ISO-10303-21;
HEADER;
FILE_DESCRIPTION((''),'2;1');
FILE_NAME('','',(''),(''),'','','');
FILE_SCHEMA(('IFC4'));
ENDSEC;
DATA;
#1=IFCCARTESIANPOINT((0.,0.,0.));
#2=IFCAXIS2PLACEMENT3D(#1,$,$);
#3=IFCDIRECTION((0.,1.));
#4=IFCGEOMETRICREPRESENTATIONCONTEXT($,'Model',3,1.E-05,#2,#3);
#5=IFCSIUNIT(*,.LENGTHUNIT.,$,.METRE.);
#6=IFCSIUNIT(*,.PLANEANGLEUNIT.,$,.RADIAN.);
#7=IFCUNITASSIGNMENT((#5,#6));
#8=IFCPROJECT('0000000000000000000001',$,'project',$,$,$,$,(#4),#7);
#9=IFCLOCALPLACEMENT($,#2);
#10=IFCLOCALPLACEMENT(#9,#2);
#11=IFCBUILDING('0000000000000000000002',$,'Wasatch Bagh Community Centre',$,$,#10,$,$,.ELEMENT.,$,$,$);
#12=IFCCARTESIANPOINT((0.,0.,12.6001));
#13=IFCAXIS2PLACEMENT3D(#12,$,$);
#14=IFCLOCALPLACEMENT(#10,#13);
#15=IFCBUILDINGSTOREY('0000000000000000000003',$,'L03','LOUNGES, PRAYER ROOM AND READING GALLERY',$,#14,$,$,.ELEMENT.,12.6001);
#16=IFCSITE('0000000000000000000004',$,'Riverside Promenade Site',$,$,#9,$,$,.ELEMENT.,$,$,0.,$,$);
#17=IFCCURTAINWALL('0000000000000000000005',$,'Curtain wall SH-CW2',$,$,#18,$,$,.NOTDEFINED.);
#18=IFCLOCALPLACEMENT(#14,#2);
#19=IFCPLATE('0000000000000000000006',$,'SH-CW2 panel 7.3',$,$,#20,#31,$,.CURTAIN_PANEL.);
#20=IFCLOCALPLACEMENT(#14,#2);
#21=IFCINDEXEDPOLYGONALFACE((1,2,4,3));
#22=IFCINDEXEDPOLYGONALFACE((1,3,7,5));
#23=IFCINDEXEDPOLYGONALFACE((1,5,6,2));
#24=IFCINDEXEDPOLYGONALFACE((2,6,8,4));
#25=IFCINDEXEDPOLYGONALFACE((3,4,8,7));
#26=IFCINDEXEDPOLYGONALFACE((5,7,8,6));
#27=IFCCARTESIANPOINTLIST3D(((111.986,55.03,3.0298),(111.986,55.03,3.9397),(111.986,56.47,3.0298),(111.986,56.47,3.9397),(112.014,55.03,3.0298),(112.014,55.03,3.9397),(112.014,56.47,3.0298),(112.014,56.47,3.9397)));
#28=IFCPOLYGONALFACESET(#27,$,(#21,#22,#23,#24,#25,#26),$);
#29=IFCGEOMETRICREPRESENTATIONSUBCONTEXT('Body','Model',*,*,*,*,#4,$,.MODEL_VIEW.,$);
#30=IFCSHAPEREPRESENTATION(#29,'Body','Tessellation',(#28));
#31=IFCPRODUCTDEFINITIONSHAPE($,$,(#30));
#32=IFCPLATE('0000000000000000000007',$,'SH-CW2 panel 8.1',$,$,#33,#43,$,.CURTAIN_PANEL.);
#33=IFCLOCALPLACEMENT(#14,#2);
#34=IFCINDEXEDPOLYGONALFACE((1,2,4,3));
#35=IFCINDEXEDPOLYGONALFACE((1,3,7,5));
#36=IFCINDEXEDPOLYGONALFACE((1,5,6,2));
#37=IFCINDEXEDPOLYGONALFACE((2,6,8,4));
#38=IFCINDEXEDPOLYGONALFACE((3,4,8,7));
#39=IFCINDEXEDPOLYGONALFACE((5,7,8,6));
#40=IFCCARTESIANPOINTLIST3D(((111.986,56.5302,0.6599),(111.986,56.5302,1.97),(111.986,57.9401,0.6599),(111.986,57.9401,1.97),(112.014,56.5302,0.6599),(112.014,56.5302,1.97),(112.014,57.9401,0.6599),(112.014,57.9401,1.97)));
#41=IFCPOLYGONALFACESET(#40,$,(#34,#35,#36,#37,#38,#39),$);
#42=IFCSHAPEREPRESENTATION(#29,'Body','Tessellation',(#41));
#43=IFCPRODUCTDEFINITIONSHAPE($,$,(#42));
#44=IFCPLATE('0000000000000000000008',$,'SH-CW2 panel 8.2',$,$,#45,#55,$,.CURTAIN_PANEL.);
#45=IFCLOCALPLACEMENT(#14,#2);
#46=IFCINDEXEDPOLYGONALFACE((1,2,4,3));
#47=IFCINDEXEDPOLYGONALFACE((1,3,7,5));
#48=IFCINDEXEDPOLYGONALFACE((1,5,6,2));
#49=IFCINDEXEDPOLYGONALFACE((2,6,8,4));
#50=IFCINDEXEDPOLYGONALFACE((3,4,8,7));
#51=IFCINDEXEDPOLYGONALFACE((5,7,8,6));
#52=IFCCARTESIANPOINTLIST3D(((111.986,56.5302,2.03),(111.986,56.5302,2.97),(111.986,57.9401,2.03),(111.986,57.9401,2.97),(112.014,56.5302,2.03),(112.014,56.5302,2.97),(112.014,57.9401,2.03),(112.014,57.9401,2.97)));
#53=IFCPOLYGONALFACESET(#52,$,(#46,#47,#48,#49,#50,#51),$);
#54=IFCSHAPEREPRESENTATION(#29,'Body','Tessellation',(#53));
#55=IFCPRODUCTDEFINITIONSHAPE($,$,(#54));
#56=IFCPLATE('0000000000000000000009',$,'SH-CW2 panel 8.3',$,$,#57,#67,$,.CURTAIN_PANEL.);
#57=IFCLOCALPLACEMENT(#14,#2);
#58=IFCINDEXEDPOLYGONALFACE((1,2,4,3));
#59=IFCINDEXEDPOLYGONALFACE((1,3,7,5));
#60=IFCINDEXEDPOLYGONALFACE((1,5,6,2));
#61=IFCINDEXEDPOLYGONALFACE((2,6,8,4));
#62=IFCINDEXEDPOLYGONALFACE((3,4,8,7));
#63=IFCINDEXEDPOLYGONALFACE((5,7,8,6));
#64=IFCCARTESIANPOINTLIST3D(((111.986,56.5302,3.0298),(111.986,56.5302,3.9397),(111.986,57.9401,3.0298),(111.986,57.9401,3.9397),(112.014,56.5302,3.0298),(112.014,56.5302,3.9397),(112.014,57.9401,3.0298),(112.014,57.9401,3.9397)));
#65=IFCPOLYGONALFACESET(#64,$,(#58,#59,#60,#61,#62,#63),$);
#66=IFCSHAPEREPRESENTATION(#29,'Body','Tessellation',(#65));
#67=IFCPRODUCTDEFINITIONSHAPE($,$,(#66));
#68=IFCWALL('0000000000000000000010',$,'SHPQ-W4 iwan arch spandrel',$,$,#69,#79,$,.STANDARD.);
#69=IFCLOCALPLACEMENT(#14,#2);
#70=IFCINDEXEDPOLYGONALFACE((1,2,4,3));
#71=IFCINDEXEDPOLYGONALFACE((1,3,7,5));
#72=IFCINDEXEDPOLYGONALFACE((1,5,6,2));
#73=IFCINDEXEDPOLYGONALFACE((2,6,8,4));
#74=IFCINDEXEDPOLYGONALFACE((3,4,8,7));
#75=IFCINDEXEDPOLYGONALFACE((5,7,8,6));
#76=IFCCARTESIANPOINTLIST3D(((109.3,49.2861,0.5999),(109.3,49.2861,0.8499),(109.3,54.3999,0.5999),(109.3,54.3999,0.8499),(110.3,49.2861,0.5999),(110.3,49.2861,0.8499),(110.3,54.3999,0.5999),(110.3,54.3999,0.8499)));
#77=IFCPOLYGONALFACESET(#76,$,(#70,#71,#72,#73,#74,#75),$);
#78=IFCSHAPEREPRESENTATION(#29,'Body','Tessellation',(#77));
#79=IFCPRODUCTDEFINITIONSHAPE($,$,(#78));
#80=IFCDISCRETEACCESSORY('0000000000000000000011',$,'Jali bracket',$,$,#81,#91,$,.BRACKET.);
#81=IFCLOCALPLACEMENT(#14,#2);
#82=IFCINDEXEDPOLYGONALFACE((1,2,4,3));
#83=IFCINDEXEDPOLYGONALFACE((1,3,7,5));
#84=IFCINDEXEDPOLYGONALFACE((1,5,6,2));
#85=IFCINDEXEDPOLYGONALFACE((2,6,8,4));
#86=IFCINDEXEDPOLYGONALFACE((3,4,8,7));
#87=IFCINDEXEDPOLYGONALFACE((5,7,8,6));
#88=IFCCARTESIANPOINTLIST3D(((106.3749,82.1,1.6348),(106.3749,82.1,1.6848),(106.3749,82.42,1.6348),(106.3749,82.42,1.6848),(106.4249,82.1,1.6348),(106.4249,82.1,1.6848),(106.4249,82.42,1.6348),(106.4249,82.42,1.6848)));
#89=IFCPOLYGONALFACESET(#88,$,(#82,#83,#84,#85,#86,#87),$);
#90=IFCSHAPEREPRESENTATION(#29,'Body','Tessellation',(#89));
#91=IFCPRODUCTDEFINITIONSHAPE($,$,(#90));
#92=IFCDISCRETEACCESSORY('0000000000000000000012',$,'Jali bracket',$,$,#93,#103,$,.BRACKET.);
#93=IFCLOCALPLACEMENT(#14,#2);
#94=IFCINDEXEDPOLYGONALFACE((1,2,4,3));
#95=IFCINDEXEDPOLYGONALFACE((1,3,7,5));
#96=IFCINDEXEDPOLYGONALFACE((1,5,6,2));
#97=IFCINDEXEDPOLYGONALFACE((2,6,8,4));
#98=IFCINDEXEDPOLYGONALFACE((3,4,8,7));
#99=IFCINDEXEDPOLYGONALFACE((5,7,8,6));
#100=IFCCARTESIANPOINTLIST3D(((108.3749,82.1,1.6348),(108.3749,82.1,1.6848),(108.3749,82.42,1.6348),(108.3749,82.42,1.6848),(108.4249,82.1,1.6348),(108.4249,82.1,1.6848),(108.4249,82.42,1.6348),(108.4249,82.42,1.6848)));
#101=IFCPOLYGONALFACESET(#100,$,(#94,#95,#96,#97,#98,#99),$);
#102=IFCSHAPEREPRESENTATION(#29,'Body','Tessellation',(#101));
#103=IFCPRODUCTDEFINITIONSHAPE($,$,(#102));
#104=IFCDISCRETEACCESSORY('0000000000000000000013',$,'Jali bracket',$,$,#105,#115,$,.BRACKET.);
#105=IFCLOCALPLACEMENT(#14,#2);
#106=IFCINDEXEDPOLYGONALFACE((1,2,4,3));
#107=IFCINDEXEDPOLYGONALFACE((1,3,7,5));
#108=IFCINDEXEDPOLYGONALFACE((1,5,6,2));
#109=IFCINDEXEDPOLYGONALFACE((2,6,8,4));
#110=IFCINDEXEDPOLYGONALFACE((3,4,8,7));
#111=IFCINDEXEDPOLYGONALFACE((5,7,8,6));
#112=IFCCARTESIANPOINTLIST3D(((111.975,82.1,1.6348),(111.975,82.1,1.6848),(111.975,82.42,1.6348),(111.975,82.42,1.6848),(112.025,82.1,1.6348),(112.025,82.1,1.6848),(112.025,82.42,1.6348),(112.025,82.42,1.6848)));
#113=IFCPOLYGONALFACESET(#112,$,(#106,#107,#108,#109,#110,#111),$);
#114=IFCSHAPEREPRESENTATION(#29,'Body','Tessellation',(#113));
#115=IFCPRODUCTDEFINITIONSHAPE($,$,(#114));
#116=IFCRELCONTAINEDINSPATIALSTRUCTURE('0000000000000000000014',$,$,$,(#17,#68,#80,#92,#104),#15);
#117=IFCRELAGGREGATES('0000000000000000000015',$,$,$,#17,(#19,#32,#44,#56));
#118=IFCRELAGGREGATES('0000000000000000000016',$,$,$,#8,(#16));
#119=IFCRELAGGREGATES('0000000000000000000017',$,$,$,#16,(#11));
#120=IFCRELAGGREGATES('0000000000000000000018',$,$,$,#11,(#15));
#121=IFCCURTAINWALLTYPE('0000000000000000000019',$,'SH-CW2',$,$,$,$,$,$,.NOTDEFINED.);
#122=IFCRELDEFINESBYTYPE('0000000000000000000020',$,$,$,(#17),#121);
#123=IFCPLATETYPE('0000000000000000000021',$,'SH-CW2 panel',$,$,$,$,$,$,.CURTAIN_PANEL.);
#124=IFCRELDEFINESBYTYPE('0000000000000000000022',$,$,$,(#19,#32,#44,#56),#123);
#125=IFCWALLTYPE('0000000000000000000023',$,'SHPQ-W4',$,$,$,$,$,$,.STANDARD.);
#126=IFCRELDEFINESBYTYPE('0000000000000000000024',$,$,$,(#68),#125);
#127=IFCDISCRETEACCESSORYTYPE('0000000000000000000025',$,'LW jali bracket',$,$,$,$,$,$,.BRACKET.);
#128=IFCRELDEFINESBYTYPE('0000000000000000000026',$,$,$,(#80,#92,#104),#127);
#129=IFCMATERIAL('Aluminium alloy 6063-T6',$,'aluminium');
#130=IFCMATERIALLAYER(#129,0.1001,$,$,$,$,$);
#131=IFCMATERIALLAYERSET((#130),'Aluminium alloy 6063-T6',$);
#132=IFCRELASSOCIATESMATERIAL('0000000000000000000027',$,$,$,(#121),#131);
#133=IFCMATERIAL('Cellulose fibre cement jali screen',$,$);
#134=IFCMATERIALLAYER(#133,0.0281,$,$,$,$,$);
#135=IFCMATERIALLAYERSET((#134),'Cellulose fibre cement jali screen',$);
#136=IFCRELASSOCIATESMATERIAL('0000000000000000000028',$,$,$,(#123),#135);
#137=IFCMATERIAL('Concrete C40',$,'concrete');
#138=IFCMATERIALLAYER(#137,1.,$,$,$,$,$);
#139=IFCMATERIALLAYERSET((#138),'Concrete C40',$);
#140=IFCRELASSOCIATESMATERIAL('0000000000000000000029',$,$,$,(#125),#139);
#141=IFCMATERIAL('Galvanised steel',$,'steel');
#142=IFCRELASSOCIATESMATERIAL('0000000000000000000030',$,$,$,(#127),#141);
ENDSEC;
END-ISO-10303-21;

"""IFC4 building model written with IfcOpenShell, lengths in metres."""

from ifc_helpers import new_model, si_unit, direction, frame, frame_2d, origin, origin_2d, place, context, subcontext, project, spatial, rectangle, extrude, material, layer, layer_set, type_object, element, aggregate, save


model = new_model("IFC4")

# Units and contexts
model_context = context("Model", 3, precision=1e-05, world=origin(), true_north=direction((0.0, 1.0)))
body_context = subcontext(model_context, "Body", "Model", "MODEL_VIEW")
ifc_project = project(units=[si_unit("LENGTHUNIT", "METRE"), si_unit("PLANEANGLEUNIT", "RADIAN")], contexts=[model_context])

# Site, building, storey
site_placement = place(None, origin())
site = spatial("IfcSite", under=ifc_project, at=site_placement, Name="Riverside Promenade Site", CompositionType="ELEMENT", RefElevation=0.0)
building_placement = place(site_placement, origin())
building = spatial("IfcBuilding", under=site, at=building_placement, Name="Wasatch Bagh Community Centre", CompositionType="ELEMENT")
storey_placement = place(building_placement, frame((0.0, 0.0, 12.6001)))
storey = spatial("IfcBuildingStorey", under=building, at=storey_placement, Name="L03", Description="LOUNGES, PRAYER ROOM AND READING GALLERY", CompositionType="ELEMENT", Elevation=12.6001)

# Curtain wall
ifc_material_1 = material(Name="Aluminium alloy 6063-T6", Category="aluminium")
ifc_layer_1 = layer(ifc_material_1, 0.1001)
ifc_layer_set_1 = layer_set([ifc_layer_1], Name="Aluminium alloy 6063-T6")
curtain_wall_type = type_object("IfcCurtainWallType", Name="SH-CW2", PredefinedType="NOTDEFINED", material=ifc_layer_set_1)
curtain_wall_placement = place(storey_placement, origin())
curtain_wall = element("IfcCurtainWall", 1, at=curtain_wall_placement, inside=storey, type_object=curtain_wall_type, Name="Curtain wall SH-CW2", PredefinedType="NOTDEFINED")

# Plates
ifc_material_2 = material(Name="Cellulose fibre cement jali screen")
ifc_layer_2 = layer(ifc_material_2, 0.0281)
ifc_layer_set_2 = layer_set([ifc_layer_2], Name="Cellulose fibre cement jali screen")
plate_type_1 = type_object("IfcPlateType", Name="SH-CW2 panel", PredefinedType="CURTAIN_PANEL", material=ifc_layer_set_2)
plate_1_placement = place(storey_placement, frame((112.0, 55.75, 3.0298), z_axis=(0.0, 0.0, 1.0), x_axis=(0.0, 1.0, 0.0)))
plate_1 = element("IfcPlate", 2, at=plate_1_placement, type_object=plate_type_1, Name="SH-CW2 panel 7.3", PredefinedType="CURTAIN_PANEL", context=body_context, shape_type="SweptSolid", body=[
    extrude(rectangle(XDim=1.4399, YDim=0.0281, at=origin_2d()), origin(), (0.0, 0.0, 1.0), 0.9099),
])
plate_2_placement = place(storey_placement, frame((112.0, 57.2351, 0.6599), z_axis=(0.0, 0.0, 1.0), x_axis=(0.0, 1.0, 0.0)))
plate_2 = element("IfcPlate", 3, at=plate_2_placement, type_object=plate_type_1, Name="SH-CW2 panel 8.1", PredefinedType="CURTAIN_PANEL", context=body_context, shape_type="SweptSolid", body=[
    extrude(rectangle(XDim=1.4099, YDim=0.0281, at=origin_2d()), origin(), (0.0, 0.0, 1.0), 1.3101),
])
plate_3_placement = place(storey_placement, frame((112.0, 57.2351, 2.03), z_axis=(0.0, 0.0, 1.0), x_axis=(0.0, 1.0, 0.0)))
plate_3 = element("IfcPlate", 4, at=plate_3_placement, type_object=plate_type_1, Name="SH-CW2 panel 8.2", PredefinedType="CURTAIN_PANEL", context=body_context, shape_type="SweptSolid", body=[
    extrude(rectangle(XDim=1.4099, YDim=0.0281, at=origin_2d()), origin(), (0.0, 0.0, 1.0), 0.9399),
])
plate_4_placement = place(storey_placement, frame((112.0, 57.2351, 3.0298), z_axis=(0.0, 0.0, 1.0), x_axis=(0.0, 1.0, 0.0)))
plate_4 = element("IfcPlate", 5, at=plate_4_placement, type_object=plate_type_1, Name="SH-CW2 panel 8.3", PredefinedType="CURTAIN_PANEL", context=body_context, shape_type="SweptSolid", body=[
    extrude(rectangle(XDim=1.4099, YDim=0.0281, at=origin_2d()), origin(), (0.0, 0.0, 1.0), 0.9099),
])
aggregate(curtain_wall, [plate_1, plate_2, plate_3, plate_4])

# Wall
ifc_material_3 = material(Name="Concrete C40", Category="concrete")
ifc_layer_3 = layer(ifc_material_3, 1.0)
ifc_layer_set_3 = layer_set([ifc_layer_3], Name="Concrete C40")
wall_type = type_object("IfcWallType", Name="SHPQ-W4", PredefinedType="STANDARD", material=ifc_layer_set_3)
wall_placement = place(storey_placement, frame((109.8, 54.3999, 0.5999), z_axis=(0.0, 0.0, 1.0), x_axis=(0.0, -1.0, 0.0)))
element("IfcWall", 6, at=wall_placement, inside=storey, type_object=wall_type, Name="SHPQ-W4 iwan arch spandrel", PredefinedType="STANDARD", context=body_context, shape_type="SweptSolid", body=[
    extrude(rectangle(XDim=5.1138, YDim=1.0, at=frame_2d((2.5569, 0.0))), origin(), (0.0, 0.0, 1.0), 0.25),
])

# Discrete accessories
ifc_material_4 = material(Name="Galvanised steel", Category="steel")
discrete_accessory_type = type_object("IfcDiscreteAccessoryType", Name="LW jali bracket", PredefinedType="BRACKET", material=ifc_material_4)
for number, where, z_axis, x_axis, name in (
    (7, (106.3999, 82.26, 1.6348), (0.0, 0.0, 1.0), (1.0, 0.0, 0.0), "Jali bracket"),
    (8, (108.3999, 82.26, 1.6348), (0.0, 0.0, 1.0), (1.0, 0.0, 0.0), "Jali bracket"),
    (9, (112.0, 82.26, 1.6348), (0.0, 0.0, 1.0), (1.0, 0.0, 0.0), "Jali bracket"),
):
    element("IfcDiscreteAccessory", number, at=place(storey_placement, frame(where, z_axis=z_axis, x_axis=x_axis)), inside=storey, type_object=discrete_accessory_type, Name=name, PredefinedType="BRACKET", context=body_context, shape_type="SweptSolid", body=[
        extrude(rectangle(XDim=0.05, YDim=0.3201, at=origin_2d()), origin(), (0.0, 0.0, 1.0), 0.05),
    ])

save(model, "model.ifc")
